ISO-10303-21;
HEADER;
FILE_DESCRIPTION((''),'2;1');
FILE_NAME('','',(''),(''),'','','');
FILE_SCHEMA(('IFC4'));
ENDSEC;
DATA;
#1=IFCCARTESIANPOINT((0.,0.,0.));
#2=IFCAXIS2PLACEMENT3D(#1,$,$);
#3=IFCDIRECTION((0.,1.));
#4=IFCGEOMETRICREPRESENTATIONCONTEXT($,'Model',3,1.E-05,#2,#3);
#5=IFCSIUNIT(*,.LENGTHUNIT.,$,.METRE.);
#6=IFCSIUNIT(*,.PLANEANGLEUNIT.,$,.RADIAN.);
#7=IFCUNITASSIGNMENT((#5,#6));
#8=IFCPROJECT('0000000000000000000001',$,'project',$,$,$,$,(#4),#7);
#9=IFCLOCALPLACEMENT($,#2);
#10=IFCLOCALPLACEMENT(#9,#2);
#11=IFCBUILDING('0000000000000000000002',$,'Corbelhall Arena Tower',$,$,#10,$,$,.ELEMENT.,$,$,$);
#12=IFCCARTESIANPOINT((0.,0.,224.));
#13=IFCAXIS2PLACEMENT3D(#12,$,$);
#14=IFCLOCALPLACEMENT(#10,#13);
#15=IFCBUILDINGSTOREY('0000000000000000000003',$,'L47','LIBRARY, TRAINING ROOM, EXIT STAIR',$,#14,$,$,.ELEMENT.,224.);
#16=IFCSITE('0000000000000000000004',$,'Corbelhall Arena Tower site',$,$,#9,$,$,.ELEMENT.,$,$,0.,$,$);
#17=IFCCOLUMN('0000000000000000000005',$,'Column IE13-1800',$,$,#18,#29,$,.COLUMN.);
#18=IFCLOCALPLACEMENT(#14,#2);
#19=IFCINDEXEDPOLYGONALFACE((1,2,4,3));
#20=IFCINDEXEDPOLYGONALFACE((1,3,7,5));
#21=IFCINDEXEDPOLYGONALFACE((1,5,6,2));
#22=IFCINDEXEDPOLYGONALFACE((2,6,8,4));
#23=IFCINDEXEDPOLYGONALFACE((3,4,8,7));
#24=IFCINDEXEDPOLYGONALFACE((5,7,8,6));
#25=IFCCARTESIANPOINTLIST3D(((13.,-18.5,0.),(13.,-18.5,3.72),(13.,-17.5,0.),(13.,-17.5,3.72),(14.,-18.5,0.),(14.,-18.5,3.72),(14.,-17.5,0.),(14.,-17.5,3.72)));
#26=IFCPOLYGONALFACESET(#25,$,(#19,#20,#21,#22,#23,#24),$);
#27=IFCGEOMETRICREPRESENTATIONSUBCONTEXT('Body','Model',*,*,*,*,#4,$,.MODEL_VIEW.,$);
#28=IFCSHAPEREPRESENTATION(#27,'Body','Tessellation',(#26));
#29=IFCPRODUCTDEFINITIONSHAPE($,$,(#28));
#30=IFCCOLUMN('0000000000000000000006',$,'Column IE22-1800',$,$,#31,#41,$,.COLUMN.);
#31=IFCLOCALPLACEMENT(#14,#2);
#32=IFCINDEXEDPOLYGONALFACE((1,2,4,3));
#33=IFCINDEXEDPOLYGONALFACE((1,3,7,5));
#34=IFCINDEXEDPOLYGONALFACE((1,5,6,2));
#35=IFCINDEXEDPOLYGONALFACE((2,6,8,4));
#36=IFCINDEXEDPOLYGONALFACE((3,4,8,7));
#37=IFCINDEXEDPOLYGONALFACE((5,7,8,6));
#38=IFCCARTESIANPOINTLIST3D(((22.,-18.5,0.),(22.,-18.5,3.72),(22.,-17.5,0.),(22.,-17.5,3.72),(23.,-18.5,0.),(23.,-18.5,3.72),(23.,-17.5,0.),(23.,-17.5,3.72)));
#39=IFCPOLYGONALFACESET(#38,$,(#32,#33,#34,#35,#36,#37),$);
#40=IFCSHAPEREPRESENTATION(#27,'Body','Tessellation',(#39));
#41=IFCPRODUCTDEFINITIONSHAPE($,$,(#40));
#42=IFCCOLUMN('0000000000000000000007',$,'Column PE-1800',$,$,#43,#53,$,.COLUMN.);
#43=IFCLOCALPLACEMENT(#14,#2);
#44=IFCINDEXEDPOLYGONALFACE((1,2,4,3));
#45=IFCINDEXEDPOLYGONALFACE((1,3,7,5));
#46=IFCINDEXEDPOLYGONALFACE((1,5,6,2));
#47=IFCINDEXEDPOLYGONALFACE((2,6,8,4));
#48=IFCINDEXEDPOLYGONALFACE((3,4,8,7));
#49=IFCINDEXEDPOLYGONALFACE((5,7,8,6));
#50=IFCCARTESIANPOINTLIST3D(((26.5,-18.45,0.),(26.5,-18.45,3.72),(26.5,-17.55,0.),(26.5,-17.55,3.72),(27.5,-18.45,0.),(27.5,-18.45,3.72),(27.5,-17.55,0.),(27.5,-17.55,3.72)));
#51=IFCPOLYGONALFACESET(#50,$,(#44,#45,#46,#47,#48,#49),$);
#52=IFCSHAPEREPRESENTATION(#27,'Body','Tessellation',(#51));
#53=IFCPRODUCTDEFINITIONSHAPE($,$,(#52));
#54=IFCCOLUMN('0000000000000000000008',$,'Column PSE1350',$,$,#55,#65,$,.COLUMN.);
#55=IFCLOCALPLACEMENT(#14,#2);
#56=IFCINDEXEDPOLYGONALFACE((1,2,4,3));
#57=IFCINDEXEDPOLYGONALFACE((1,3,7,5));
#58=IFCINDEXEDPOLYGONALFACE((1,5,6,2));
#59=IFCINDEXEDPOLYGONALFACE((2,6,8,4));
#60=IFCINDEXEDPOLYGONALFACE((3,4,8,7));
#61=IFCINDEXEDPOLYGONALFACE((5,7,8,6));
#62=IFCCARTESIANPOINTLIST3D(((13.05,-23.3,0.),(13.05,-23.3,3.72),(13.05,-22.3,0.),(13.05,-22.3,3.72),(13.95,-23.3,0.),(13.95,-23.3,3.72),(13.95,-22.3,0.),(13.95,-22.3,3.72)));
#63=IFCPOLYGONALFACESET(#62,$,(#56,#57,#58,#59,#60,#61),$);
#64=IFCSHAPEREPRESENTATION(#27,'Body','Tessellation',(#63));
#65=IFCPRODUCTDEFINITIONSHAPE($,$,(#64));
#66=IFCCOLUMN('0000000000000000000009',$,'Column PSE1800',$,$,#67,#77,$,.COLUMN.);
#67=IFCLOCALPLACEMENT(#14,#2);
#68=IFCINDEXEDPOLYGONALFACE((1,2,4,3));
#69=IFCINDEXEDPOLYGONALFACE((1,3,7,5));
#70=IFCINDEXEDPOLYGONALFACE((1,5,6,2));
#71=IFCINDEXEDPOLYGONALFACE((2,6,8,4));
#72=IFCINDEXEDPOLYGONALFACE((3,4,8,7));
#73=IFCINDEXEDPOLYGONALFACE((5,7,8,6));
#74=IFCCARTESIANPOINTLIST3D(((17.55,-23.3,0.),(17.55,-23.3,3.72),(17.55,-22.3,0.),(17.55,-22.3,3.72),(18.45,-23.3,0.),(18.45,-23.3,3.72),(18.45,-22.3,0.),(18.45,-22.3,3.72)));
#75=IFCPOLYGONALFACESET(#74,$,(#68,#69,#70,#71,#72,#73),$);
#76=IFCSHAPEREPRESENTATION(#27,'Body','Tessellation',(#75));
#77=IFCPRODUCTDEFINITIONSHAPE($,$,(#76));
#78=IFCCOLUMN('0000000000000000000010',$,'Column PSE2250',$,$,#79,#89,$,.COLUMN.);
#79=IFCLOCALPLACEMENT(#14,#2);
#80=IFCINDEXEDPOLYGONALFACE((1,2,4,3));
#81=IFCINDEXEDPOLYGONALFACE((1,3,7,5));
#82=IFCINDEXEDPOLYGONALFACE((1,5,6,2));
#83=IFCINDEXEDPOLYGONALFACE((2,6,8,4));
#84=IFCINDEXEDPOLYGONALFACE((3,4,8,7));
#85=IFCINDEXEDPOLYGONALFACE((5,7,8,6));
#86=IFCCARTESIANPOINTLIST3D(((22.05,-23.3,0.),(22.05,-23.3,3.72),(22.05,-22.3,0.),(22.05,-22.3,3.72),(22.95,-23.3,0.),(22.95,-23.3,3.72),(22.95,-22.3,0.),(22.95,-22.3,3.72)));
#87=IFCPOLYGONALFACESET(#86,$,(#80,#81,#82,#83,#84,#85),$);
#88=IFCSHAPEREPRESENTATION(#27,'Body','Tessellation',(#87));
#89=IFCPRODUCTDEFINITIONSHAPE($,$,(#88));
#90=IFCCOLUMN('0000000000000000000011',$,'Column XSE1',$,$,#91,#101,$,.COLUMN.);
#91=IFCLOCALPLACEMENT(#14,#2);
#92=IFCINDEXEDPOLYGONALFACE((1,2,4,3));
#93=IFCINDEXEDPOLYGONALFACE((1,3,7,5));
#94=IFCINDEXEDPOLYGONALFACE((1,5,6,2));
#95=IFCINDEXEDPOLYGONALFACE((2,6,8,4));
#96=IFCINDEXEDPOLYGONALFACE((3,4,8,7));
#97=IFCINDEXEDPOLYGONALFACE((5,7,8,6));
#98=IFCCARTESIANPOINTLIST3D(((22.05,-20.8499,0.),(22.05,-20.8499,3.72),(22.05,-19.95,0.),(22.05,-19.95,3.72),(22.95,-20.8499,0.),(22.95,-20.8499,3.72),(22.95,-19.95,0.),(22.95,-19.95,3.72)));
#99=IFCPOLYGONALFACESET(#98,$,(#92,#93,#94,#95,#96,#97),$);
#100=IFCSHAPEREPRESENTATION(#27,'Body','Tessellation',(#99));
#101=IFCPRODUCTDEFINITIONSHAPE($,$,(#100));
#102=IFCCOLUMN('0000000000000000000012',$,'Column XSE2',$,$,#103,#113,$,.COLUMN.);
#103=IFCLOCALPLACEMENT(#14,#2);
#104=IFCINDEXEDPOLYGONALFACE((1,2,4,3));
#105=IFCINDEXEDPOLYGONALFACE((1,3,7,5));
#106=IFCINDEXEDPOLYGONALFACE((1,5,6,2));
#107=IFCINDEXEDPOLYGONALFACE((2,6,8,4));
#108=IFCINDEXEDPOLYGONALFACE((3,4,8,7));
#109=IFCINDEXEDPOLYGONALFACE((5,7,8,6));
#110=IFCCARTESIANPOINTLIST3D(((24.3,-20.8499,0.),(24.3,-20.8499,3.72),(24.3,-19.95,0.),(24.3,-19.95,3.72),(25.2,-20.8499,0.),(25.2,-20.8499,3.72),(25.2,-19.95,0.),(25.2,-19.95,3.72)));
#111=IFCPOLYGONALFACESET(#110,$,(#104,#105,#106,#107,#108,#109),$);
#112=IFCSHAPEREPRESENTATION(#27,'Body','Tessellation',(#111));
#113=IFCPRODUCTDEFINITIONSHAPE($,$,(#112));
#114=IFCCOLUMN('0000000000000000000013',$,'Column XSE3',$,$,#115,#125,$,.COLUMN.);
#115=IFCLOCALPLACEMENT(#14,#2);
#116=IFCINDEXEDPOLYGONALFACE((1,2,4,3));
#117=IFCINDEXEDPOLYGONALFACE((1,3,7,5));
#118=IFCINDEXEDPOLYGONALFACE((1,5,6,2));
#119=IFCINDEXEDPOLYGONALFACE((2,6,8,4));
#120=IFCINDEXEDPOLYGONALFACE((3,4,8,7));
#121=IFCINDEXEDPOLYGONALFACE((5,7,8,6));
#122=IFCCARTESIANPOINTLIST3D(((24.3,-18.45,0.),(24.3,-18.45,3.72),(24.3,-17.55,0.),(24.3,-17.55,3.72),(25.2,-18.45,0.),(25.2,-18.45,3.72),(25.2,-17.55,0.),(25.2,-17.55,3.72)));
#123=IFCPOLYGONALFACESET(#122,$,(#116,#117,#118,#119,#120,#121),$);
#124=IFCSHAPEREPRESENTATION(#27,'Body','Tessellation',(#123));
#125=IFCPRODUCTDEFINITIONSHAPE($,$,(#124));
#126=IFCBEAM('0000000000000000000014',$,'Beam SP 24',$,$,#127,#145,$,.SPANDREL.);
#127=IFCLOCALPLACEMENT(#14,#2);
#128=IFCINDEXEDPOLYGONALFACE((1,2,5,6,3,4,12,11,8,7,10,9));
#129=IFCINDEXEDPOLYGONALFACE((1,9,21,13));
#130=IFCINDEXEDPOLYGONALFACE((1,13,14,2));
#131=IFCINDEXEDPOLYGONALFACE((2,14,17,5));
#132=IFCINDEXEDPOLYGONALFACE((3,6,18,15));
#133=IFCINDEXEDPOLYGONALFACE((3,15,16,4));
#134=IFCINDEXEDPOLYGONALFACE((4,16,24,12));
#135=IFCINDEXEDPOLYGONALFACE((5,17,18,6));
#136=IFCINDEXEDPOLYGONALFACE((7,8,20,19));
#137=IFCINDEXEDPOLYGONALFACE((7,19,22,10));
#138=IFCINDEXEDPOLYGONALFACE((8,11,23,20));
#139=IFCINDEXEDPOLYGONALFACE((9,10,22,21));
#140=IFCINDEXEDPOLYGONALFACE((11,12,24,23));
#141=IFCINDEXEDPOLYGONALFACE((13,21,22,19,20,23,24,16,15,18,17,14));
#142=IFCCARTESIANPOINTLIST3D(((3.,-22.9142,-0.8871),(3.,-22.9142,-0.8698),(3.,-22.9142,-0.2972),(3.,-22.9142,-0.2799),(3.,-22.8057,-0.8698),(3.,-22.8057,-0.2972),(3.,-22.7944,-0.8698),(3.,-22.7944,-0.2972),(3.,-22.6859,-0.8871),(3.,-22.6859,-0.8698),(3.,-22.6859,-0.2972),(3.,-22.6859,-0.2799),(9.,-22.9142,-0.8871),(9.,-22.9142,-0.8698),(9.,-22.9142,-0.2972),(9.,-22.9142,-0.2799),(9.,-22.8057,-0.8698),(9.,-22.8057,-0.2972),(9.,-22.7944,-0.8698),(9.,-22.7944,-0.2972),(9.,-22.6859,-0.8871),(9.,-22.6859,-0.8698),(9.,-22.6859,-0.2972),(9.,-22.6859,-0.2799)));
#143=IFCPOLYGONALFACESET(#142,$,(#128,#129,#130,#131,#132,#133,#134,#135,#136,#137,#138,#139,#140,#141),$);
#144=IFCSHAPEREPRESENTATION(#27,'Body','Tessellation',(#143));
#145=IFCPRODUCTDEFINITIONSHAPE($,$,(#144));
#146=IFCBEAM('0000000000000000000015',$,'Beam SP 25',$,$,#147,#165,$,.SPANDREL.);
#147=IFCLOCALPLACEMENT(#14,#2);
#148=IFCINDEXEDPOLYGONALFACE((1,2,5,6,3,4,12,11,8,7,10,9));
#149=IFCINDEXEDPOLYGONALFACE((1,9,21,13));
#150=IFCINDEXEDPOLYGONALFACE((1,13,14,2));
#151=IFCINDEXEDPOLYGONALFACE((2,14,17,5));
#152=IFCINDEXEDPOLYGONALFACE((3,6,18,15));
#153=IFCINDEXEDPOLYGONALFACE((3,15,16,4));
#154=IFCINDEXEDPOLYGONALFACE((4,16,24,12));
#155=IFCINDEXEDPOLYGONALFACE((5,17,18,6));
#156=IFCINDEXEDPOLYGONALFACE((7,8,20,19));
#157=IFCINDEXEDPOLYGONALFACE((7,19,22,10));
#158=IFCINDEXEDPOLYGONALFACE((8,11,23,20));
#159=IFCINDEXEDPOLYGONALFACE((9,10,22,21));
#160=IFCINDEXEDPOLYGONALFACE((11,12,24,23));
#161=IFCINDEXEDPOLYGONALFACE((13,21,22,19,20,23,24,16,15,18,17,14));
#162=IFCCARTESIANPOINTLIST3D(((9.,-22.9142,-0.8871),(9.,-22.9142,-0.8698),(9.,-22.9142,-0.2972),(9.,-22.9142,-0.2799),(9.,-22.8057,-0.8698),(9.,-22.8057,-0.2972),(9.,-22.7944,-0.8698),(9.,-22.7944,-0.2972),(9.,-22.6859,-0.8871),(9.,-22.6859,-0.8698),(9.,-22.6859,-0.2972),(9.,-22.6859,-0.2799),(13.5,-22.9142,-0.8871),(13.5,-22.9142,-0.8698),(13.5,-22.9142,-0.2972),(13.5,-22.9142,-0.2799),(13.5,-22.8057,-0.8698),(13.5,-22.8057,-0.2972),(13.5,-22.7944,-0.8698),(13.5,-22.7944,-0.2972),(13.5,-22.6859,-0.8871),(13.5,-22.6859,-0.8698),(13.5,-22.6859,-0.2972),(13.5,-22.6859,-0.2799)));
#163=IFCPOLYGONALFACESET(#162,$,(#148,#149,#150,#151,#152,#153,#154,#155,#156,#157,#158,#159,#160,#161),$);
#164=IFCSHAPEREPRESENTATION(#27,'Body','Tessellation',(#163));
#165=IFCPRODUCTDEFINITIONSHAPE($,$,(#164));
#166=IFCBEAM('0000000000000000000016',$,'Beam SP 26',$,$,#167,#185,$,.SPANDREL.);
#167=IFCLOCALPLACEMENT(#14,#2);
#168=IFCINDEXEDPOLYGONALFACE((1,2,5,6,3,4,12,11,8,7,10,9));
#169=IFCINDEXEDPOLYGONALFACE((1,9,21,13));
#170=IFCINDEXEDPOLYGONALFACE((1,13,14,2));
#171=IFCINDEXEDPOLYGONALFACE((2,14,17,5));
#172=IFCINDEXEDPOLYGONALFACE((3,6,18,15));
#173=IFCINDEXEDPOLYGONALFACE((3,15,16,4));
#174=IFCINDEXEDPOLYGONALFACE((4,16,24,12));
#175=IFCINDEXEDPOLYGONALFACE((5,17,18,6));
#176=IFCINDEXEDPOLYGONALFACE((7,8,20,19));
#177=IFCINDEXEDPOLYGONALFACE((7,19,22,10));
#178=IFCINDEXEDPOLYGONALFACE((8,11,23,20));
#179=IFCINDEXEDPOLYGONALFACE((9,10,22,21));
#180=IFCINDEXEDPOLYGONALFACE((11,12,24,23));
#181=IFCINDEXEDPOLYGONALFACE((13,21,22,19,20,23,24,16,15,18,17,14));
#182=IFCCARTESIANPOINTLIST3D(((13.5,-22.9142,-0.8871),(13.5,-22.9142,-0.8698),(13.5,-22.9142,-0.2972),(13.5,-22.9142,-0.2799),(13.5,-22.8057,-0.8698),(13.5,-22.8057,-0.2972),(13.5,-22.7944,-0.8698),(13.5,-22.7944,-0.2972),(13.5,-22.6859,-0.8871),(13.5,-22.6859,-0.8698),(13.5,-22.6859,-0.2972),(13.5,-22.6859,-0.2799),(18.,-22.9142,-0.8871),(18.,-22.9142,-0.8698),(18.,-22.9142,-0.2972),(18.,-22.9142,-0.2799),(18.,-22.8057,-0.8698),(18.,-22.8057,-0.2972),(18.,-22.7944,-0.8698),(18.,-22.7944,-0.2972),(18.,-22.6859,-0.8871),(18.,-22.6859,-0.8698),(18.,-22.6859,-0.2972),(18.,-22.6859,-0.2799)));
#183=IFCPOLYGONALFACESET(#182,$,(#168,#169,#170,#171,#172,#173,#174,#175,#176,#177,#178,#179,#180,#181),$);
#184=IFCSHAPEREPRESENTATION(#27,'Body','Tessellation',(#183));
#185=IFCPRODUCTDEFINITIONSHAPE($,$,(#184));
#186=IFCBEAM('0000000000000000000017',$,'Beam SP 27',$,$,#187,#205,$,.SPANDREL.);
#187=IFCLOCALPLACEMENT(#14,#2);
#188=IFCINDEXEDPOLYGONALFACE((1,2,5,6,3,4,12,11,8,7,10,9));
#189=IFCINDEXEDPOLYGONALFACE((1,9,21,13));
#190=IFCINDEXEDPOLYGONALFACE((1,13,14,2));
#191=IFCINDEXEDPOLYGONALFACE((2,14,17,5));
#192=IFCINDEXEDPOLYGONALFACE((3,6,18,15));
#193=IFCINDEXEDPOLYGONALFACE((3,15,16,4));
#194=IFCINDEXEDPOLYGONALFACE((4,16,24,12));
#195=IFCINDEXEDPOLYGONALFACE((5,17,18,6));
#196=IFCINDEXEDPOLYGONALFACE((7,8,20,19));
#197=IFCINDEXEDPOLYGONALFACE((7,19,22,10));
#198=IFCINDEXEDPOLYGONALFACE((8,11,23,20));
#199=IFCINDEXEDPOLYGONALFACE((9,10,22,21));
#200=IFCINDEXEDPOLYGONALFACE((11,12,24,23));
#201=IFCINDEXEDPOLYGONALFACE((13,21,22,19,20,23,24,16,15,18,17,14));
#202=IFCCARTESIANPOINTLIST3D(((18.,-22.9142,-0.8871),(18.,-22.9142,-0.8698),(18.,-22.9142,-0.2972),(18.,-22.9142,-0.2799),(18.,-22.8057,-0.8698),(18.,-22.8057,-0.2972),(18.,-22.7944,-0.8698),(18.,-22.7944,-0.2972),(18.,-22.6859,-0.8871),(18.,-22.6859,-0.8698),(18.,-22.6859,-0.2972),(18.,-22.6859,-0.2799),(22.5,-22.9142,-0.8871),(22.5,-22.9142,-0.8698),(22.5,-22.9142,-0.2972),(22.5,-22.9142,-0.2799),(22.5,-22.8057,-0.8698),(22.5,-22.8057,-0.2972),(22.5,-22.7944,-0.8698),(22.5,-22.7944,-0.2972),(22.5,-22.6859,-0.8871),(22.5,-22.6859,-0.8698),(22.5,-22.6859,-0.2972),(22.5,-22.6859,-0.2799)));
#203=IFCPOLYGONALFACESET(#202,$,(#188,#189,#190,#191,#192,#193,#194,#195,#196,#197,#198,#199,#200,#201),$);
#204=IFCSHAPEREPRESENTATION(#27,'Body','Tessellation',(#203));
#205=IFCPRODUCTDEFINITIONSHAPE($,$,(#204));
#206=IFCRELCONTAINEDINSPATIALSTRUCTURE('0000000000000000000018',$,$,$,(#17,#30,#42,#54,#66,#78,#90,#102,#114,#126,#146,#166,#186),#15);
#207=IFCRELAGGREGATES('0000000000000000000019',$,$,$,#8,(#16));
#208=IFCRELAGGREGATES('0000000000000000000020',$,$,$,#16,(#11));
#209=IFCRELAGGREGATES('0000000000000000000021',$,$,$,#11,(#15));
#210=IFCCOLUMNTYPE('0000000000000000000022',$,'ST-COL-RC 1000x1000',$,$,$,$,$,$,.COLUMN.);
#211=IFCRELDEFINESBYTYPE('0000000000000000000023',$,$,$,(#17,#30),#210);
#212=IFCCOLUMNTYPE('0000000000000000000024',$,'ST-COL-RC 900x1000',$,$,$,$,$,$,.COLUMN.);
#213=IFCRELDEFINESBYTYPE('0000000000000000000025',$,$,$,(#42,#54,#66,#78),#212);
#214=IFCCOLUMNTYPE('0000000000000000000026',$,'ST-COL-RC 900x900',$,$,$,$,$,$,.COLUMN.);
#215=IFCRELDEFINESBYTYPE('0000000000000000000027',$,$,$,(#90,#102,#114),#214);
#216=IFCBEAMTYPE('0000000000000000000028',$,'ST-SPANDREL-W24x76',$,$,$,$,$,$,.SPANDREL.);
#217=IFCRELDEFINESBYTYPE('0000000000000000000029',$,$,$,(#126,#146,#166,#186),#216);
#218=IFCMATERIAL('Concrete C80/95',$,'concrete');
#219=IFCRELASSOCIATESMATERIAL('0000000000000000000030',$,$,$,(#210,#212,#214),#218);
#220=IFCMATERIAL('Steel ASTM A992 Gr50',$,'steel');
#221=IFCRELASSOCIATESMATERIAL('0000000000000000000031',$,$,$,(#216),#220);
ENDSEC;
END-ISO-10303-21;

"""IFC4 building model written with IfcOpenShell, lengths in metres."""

from ifc_helpers import new_model, si_unit, direction, frame, origin, origin_2d, place, context, subcontext, project, spatial, rectangle, i_section, extrude, material, material_profile, profile_set, type_object, element, save


model = new_model("IFC4")

# Units and contexts
model_context = context("Model", 3, precision=1e-05, world=origin(), true_north=direction((0.0, 1.0)))
body_context = subcontext(model_context, "Body", "Model", "MODEL_VIEW")
ifc_project = project(units=[si_unit("LENGTHUNIT", "METRE"), si_unit("PLANEANGLEUNIT", "RADIAN")], contexts=[model_context])

# Site, building, storey
site_placement = place(None, origin())
site = spatial("IfcSite", under=ifc_project, at=site_placement, Name="Corbelhall Arena Tower site", CompositionType="ELEMENT", RefElevation=0.0)
building_placement = place(site_placement, origin())
building = spatial("IfcBuilding", under=site, at=building_placement, Name="Corbelhall Arena Tower", CompositionType="ELEMENT")
storey_placement = place(building_placement, frame((0.0, 0.0, 224.0)))
storey = spatial("IfcBuildingStorey", under=building, at=storey_placement, Name="L47", Description="LIBRARY, TRAINING ROOM, EXIT STAIR", CompositionType="ELEMENT", Elevation=224.0)

# Columns
ifc_material_1 = material(Name="Concrete C80/95", Category="concrete")
ifc_material_profile_1 = material_profile(ifc_material_1, rectangle(XDim=1.0, YDim=1.0, at=origin_2d()))
ifc_profile_set_1 = profile_set([ifc_material_profile_1], Name="Concrete C80/95")
column_type_1 = type_object("IfcColumnType", Name="ST-COL-RC 1000x1000", PredefinedType="COLUMN", material=ifc_profile_set_1)
for number, where, z_axis, x_axis, name in (
    (1, (13.5, -18.0, 0.0), (0.0, 0.0, 1.0), (1.0, 0.0, 0.0), "Column IE13-1800"),
    (2, (22.5, -18.0, 0.0), (0.0, 0.0, 1.0), (1.0, 0.0, 0.0), "Column IE22-1800"),
):
    element("IfcColumn", number, at=place(storey_placement, frame(where, z_axis=z_axis, x_axis=x_axis)), inside=storey, type_object=column_type_1, Name=name, PredefinedType="COLUMN", context=body_context, shape_type="SweptSolid", body=[
        extrude(rectangle(XDim=1.0, YDim=1.0, at=origin_2d()), origin(), (0.0, 0.0, 1.0), 3.72),
    ])
ifc_material_profile_2 = material_profile(ifc_material_1, rectangle(XDim=0.8999, YDim=1.0, at=origin_2d()))
ifc_profile_set_2 = profile_set([ifc_material_profile_2], Name="Concrete C80/95")
column_type_2 = type_object("IfcColumnType", Name="ST-COL-RC 900x1000", PredefinedType="COLUMN", material=ifc_profile_set_2)
for number, where, z_axis, x_axis, name in (
    (3, (27.0, -18.0, 0.0), (0.0, 0.0, 1.0), (0.0, 1.0, 0.0), "Column PE-1800"),
    (4, (13.5, -22.8, 0.0), (0.0, 0.0, 1.0), (1.0, 0.0, 0.0), "Column PSE1350"),
    (5, (18.0, -22.8, 0.0), (0.0, 0.0, 1.0), (1.0, 0.0, 0.0), "Column PSE1800"),
    (6, (22.5, -22.8, 0.0), (0.0, 0.0, 1.0), (1.0, 0.0, 0.0), "Column PSE2250"),
):
    element("IfcColumn", number, at=place(storey_placement, frame(where, z_axis=z_axis, x_axis=x_axis)), inside=storey, type_object=column_type_2, Name=name, PredefinedType="COLUMN", context=body_context, shape_type="SweptSolid", body=[
        extrude(rectangle(XDim=0.8999, YDim=1.0, at=origin_2d()), origin(), (0.0, 0.0, 1.0), 3.72),
    ])
ifc_material_profile_3 = material_profile(ifc_material_1, rectangle(XDim=0.8999, YDim=0.8999, at=origin_2d()))
ifc_profile_set_3 = profile_set([ifc_material_profile_3], Name="Concrete C80/95")
column_type_3 = type_object("IfcColumnType", Name="ST-COL-RC 900x900", PredefinedType="COLUMN", material=ifc_profile_set_3)
for number, where, z_axis, x_axis, name in (
    (7, (22.5, -20.3999, 0.0), (0.0, 0.0, 1.0), (1.0, 0.0, 0.0), "Column XSE1"),
    (8, (24.75, -20.3999, 0.0), (0.0, 0.0, 1.0), (1.0, 0.0, 0.0), "Column XSE2"),
    (9, (24.75, -18.0, 0.0), (0.0, 0.0, 1.0), (1.0, 0.0, 0.0), "Column XSE3"),
):
    element("IfcColumn", number, at=place(storey_placement, frame(where, z_axis=z_axis, x_axis=x_axis)), inside=storey, type_object=column_type_3, Name=name, PredefinedType="COLUMN", context=body_context, shape_type="SweptSolid", body=[
        extrude(rectangle(XDim=0.8999, YDim=0.8999, at=origin_2d()), origin(), (0.0, 0.0, 1.0), 3.72),
    ])

# Beams
ifc_material_2 = material(Name="Steel ASTM A992 Gr50", Category="steel")
ifc_material_profile_4 = material_profile(ifc_material_2, i_section(OverallWidth=0.2283, OverallDepth=0.6072, WebThickness=0.0112, FlangeThickness=0.0173, at=origin_2d()))
ifc_profile_set_4 = profile_set([ifc_material_profile_4], Name="Steel ASTM A992 Gr50")
beam_type = type_object("IfcBeamType", Name="ST-SPANDREL-W24x76", PredefinedType="SPANDREL", material=ifc_profile_set_4)
beam_1_placement = place(storey_placement, frame((9.0, -22.8, -0.5835), z_axis=(-1.0, 0.0, 0.0), x_axis=(0.0, -1.0, 0.0)))
element("IfcBeam", 10, at=beam_1_placement, inside=storey, type_object=beam_type, Name="Beam SP 24", PredefinedType="SPANDREL", context=body_context, shape_type="SweptSolid", body=[
    extrude(i_section(OverallWidth=0.2283, OverallDepth=0.6072, WebThickness=0.0112, FlangeThickness=0.0173, at=origin_2d()), origin(), (0.0, 0.0, 1.0), 6.0),
])
for number, where, z_axis, x_axis, name in (
    (11, (13.5, -22.8, -0.5835), (-1.0, 0.0, 0.0), (0.0, -1.0, 0.0), "Beam SP 25"),
    (12, (18.0, -22.8, -0.5835), (-1.0, 0.0, 0.0), (0.0, -1.0, 0.0), "Beam SP 26"),
    (13, (22.5, -22.8, -0.5835), (-1.0, 0.0, 0.0), (0.0, -1.0, 0.0), "Beam SP 27"),
):
    element("IfcBeam", number, at=place(storey_placement, frame(where, z_axis=z_axis, x_axis=x_axis)), inside=storey, type_object=beam_type, Name=name, PredefinedType="SPANDREL", context=body_context, shape_type="SweptSolid", body=[
        extrude(i_section(OverallWidth=0.2283, OverallDepth=0.6072, WebThickness=0.0112, FlangeThickness=0.0173, at=origin_2d()), origin(), (0.0, 0.0, 1.0), 4.5),
    ])

save(model, "model.ifc")
